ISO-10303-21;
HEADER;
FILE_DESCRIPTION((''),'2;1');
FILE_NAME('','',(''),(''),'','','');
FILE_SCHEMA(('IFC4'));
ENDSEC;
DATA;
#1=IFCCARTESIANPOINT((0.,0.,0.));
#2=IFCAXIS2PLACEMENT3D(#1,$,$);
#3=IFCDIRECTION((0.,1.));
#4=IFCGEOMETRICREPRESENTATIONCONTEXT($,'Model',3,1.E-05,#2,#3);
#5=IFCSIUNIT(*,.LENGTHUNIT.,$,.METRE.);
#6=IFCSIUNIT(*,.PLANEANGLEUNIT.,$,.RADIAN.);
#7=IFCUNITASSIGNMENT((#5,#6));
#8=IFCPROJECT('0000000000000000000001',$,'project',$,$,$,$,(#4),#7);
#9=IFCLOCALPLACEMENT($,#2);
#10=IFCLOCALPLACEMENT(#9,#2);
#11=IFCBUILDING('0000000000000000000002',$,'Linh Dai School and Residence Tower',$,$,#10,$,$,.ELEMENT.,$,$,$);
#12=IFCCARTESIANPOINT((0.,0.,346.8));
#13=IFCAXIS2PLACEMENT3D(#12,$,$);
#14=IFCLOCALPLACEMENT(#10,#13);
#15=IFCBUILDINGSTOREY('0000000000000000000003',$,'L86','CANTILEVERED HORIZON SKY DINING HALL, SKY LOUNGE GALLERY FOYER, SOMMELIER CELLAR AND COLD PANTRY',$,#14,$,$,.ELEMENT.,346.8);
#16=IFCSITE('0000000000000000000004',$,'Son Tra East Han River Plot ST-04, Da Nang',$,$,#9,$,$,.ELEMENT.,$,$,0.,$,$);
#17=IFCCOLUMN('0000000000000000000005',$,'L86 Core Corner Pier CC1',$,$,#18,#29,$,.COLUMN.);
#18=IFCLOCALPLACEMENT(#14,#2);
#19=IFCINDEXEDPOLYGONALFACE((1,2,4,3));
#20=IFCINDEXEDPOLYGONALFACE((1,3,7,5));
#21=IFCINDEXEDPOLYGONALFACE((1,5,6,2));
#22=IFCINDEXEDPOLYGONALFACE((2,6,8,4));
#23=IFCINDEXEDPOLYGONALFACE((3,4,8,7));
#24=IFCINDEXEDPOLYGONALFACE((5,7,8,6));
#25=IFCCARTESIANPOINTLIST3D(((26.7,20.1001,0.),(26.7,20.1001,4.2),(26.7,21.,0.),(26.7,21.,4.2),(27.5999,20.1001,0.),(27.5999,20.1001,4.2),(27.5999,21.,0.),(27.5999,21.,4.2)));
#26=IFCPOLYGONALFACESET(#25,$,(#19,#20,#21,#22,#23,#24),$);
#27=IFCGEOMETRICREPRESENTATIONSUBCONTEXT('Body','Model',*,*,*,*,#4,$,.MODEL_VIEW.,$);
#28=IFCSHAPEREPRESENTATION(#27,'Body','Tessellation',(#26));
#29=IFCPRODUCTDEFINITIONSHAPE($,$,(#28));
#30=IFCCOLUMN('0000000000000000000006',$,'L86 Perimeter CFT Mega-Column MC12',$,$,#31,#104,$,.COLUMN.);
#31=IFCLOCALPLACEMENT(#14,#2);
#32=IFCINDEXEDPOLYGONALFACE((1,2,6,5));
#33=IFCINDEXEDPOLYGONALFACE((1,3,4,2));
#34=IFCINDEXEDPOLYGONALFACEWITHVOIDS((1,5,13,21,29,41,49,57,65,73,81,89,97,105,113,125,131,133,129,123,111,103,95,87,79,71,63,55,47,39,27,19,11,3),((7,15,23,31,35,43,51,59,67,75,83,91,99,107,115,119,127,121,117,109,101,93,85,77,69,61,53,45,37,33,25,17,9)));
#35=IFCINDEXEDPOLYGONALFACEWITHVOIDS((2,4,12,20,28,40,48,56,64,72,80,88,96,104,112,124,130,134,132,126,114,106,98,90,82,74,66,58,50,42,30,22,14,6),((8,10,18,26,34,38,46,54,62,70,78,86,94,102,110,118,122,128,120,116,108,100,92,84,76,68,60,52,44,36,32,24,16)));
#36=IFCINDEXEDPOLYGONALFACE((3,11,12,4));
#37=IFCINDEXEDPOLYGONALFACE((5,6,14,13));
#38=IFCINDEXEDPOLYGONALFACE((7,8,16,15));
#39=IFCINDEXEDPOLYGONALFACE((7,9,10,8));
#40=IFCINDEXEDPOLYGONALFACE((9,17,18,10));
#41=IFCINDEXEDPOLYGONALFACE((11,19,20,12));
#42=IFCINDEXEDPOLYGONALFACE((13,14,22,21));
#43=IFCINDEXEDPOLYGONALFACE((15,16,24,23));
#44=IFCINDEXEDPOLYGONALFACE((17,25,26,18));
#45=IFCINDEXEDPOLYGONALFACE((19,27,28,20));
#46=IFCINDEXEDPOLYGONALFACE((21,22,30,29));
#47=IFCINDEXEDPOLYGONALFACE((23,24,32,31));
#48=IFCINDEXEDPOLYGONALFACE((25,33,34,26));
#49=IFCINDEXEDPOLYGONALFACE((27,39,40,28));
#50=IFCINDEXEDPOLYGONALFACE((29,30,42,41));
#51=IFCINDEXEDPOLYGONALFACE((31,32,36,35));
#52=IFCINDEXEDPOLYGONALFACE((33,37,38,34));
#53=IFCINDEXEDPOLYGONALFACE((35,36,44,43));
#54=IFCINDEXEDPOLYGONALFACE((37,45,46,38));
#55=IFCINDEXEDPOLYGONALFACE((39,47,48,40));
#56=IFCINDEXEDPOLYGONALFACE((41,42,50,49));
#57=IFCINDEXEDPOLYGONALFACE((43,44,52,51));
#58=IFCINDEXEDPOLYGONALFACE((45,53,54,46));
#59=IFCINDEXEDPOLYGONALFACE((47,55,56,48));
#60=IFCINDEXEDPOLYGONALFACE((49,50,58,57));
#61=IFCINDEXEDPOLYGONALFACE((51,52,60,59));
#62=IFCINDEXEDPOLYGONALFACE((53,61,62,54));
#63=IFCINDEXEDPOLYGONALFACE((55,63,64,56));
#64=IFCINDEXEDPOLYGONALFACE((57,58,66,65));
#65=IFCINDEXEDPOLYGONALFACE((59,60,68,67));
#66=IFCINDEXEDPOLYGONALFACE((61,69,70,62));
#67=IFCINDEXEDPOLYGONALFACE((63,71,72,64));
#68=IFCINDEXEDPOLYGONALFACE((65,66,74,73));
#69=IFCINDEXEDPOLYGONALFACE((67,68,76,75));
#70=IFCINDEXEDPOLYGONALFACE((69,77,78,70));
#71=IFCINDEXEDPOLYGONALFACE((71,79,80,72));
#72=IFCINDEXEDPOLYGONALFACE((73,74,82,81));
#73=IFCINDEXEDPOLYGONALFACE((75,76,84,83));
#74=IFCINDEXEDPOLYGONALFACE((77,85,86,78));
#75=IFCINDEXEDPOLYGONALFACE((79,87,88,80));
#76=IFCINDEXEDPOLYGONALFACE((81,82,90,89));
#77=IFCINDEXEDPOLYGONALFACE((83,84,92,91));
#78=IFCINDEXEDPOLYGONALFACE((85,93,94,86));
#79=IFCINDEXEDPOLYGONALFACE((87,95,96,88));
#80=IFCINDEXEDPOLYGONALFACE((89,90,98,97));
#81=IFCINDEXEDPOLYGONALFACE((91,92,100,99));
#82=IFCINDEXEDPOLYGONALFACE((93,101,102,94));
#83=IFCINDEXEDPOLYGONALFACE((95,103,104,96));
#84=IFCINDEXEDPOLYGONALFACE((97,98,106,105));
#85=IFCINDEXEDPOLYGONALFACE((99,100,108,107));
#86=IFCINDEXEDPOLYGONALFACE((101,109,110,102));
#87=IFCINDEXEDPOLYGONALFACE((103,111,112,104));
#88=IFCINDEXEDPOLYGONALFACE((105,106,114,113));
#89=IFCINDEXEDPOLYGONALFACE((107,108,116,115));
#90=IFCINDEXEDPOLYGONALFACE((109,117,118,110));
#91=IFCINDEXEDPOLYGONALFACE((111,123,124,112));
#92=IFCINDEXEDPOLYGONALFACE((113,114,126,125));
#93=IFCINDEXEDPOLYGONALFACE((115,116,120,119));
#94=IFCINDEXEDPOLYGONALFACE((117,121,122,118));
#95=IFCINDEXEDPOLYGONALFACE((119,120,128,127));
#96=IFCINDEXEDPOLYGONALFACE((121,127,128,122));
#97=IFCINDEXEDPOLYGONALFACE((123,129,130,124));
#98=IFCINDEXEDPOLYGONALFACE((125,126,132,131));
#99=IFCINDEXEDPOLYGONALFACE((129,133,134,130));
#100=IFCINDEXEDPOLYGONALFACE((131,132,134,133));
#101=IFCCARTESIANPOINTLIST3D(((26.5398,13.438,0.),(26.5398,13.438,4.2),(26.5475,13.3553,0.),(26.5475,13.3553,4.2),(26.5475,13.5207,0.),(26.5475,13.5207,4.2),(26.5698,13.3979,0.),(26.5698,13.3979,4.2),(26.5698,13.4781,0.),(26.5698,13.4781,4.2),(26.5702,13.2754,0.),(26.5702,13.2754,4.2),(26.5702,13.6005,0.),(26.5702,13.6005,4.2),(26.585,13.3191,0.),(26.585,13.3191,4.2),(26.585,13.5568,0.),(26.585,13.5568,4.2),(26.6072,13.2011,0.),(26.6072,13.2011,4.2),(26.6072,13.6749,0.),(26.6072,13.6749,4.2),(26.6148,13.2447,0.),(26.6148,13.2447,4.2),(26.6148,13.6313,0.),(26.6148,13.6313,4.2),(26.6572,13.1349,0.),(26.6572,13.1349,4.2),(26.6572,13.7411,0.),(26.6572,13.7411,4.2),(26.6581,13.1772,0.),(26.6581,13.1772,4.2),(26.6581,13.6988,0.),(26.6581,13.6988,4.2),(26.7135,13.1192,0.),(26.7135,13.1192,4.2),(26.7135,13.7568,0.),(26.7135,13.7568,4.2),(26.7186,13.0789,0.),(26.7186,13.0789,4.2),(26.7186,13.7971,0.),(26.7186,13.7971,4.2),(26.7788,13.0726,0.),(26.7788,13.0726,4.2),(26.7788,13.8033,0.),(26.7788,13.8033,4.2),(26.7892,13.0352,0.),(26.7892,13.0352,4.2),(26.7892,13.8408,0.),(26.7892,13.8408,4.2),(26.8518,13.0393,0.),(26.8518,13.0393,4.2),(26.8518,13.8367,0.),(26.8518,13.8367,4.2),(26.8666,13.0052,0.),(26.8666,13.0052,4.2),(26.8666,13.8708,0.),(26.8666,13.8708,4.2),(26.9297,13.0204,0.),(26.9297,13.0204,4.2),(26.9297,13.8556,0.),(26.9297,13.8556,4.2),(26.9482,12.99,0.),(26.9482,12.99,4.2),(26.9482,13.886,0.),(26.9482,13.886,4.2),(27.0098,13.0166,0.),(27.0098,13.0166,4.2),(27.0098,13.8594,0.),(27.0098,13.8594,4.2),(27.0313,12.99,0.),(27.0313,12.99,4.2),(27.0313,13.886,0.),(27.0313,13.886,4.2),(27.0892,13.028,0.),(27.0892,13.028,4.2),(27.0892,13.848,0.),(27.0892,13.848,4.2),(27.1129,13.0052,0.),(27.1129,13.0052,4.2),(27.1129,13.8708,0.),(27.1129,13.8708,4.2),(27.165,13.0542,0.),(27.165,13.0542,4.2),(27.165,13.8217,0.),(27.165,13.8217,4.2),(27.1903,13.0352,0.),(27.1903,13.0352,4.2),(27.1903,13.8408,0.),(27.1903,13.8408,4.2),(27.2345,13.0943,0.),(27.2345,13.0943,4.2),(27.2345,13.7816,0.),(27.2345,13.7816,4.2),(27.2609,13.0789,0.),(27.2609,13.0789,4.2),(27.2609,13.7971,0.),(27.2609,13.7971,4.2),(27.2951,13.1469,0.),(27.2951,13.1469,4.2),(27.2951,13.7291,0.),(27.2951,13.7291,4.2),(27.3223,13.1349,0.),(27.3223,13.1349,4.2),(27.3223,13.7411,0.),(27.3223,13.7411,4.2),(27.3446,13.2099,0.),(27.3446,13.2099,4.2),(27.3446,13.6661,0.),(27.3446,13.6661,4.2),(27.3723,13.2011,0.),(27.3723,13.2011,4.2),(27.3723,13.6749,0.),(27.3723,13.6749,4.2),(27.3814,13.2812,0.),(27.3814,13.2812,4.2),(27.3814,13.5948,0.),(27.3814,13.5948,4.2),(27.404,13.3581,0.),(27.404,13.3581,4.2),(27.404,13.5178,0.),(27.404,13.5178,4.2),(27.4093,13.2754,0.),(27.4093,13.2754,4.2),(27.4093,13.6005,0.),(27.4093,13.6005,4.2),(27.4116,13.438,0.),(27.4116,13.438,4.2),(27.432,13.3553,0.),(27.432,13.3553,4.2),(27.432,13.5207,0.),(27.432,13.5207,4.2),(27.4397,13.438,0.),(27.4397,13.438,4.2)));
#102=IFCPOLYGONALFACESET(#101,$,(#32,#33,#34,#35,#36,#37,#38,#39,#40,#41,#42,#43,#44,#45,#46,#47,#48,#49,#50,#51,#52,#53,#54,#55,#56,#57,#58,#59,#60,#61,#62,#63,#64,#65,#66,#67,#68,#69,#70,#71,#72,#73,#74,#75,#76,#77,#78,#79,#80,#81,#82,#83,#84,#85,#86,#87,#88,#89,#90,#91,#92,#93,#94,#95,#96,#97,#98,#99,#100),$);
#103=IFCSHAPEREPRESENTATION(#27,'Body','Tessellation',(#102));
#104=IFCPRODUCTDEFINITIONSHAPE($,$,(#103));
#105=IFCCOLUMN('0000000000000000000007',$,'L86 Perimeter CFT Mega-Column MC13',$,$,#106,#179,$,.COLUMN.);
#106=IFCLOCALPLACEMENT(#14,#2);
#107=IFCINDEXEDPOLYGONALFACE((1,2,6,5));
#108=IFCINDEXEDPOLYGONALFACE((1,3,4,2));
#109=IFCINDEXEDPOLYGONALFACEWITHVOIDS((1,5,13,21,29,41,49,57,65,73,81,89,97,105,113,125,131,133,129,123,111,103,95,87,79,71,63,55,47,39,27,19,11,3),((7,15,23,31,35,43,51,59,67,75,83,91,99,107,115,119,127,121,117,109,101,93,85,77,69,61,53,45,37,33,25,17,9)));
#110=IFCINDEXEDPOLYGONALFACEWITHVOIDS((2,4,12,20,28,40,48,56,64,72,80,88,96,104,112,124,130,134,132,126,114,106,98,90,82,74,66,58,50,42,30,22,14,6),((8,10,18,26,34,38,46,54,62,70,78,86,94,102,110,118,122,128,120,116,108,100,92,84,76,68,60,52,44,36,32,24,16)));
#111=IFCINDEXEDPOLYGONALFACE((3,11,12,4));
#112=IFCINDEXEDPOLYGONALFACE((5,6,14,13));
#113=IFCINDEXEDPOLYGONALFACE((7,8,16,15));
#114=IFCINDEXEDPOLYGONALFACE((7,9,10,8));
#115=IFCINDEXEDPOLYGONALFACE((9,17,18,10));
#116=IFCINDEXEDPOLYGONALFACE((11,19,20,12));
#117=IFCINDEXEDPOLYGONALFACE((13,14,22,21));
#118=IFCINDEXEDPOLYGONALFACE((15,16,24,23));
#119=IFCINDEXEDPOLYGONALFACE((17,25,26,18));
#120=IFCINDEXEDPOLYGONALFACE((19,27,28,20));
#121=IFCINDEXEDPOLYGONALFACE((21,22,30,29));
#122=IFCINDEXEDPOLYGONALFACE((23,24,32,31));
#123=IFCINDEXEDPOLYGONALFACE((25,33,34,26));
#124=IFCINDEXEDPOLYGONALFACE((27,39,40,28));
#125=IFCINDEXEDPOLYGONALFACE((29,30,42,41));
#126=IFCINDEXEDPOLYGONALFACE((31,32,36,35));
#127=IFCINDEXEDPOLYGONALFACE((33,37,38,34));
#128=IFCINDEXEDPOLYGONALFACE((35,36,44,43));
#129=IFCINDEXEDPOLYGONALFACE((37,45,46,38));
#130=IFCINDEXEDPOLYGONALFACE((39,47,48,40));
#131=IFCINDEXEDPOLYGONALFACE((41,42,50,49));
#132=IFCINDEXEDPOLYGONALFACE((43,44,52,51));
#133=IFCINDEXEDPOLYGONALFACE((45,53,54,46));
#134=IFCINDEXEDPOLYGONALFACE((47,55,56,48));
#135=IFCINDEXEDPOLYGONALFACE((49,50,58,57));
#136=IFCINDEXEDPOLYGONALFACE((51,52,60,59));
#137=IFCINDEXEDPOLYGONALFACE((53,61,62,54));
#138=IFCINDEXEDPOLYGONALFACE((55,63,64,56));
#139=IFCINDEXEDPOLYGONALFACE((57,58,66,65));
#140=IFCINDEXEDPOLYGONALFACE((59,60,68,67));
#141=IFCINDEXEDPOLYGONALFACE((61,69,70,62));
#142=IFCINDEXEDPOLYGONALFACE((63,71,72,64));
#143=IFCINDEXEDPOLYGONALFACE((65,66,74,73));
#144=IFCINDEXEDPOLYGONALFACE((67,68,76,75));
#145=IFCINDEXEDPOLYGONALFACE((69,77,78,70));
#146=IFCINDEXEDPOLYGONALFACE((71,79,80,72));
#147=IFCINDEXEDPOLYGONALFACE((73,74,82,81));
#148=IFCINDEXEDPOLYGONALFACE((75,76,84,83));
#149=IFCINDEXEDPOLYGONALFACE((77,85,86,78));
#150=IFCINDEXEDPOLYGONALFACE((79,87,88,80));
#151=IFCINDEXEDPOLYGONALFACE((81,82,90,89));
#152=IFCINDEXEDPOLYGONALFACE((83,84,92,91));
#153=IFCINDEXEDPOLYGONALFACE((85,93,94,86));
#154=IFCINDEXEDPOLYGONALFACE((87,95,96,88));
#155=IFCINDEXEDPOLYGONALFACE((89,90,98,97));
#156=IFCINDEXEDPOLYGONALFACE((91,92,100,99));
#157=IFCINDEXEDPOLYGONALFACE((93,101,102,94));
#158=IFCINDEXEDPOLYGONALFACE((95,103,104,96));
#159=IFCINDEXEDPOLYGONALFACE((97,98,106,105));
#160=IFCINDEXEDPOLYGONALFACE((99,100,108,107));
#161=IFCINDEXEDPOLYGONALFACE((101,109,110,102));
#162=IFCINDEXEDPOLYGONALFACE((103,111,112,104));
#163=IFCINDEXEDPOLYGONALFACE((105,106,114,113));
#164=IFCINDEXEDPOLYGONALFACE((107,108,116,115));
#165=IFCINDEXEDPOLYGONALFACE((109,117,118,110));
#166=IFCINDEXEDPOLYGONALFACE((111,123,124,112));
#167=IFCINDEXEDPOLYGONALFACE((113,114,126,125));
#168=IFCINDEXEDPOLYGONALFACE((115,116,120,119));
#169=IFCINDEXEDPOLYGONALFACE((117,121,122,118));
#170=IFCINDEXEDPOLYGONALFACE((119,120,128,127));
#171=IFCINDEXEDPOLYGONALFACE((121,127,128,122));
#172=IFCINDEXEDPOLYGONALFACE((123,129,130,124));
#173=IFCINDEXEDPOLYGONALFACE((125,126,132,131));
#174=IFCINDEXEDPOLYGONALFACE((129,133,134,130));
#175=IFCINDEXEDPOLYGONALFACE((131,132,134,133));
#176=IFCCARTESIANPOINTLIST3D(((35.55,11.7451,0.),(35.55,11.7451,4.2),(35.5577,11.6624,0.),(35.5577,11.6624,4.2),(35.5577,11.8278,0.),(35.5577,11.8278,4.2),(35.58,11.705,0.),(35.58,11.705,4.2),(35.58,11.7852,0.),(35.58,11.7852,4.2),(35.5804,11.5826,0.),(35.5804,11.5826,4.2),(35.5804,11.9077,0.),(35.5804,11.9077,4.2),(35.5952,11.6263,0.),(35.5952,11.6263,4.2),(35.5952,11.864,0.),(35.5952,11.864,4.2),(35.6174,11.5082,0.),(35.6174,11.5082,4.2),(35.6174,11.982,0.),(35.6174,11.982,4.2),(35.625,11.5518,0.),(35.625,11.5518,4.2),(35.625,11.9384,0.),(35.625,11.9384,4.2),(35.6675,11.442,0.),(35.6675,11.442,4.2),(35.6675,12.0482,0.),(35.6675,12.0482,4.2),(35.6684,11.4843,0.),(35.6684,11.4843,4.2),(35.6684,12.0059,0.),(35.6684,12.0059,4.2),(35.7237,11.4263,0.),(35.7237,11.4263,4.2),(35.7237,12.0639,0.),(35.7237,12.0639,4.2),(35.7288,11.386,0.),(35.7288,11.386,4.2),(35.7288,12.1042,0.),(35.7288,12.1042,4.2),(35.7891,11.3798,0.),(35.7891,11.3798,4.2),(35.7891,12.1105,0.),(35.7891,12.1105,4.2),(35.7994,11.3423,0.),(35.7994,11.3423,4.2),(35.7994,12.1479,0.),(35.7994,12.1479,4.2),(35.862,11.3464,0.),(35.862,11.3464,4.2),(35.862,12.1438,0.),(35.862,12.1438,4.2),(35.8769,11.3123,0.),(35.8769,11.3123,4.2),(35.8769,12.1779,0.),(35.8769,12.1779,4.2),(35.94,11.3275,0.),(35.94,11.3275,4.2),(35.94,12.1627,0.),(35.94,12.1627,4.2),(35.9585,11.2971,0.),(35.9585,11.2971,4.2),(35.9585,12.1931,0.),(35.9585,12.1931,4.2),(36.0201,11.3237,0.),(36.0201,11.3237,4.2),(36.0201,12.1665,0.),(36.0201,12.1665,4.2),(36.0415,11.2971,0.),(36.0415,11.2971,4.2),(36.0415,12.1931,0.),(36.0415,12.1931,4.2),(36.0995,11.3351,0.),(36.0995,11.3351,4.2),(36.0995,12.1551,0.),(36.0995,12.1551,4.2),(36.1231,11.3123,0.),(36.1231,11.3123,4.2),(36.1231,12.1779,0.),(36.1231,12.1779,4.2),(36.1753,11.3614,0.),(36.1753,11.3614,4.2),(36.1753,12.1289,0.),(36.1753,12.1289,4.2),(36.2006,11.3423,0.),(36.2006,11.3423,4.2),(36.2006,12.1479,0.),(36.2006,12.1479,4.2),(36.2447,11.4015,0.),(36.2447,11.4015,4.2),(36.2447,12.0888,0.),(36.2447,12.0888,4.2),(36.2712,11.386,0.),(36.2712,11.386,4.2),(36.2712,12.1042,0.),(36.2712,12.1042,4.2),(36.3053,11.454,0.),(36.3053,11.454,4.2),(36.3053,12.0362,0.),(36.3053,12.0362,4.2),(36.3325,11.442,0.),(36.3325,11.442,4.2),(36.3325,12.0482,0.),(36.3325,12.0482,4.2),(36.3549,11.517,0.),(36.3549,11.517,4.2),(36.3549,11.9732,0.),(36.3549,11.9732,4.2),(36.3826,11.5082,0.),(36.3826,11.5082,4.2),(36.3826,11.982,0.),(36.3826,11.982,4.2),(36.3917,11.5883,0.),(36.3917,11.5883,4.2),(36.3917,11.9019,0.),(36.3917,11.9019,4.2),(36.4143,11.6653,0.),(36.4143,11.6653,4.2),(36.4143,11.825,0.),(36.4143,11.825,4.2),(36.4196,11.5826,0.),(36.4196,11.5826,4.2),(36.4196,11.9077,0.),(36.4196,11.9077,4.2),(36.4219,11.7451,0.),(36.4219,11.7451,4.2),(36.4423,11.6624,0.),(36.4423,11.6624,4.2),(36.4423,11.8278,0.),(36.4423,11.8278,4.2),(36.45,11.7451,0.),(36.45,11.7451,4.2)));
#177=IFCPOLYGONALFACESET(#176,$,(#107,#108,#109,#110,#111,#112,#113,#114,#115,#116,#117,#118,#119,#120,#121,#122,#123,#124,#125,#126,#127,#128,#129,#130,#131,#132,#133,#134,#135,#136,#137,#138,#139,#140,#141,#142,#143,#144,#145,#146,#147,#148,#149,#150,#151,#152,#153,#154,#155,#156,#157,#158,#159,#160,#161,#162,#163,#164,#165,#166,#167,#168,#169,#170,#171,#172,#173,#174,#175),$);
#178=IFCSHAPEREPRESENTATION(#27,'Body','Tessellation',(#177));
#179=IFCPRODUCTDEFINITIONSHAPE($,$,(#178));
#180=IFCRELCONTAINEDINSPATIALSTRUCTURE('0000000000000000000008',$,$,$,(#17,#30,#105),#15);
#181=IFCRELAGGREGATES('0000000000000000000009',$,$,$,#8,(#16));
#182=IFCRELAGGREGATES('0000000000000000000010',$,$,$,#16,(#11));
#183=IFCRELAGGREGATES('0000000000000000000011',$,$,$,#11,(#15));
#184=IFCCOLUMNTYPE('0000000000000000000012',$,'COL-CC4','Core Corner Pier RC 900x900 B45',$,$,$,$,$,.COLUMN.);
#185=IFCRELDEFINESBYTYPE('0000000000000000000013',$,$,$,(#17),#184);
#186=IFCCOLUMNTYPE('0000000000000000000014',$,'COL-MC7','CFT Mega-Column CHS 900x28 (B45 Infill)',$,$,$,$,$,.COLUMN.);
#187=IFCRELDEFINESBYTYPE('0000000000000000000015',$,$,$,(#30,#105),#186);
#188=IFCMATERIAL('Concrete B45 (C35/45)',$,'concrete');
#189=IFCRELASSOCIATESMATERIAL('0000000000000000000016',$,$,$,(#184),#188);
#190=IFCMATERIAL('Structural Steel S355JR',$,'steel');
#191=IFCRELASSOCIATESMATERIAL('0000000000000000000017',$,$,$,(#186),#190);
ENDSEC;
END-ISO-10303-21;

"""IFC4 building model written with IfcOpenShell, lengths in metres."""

from ifc_helpers import new_model, si_unit, direction, frame, origin, origin_2d, place, context, subcontext, project, spatial, rectangle, hollow_circle, extrude, material, material_profile, profile_set, type_object, element, save


model = new_model("IFC4")

# Units and contexts
model_context = context("Model", 3, precision=1e-05, world=origin(), true_north=direction((0.0, 1.0)))
body_context = subcontext(model_context, "Body", "Model", "MODEL_VIEW")
ifc_project = project(units=[si_unit("LENGTHUNIT", "METRE"), si_unit("PLANEANGLEUNIT", "RADIAN")], contexts=[model_context])

# Site, building, storey
site_placement = place(None, origin())
site = spatial("IfcSite", under=ifc_project, at=site_placement, Name="Son Tra East Han River Plot ST-04, Da Nang", CompositionType="ELEMENT", RefElevation=0.0)
building_placement = place(site_placement, origin())
building = spatial("IfcBuilding", under=site, at=building_placement, Name="Linh Dai School and Residence Tower", CompositionType="ELEMENT")
storey_placement = place(building_placement, frame((0.0, 0.0, 346.8)))
storey = spatial("IfcBuildingStorey", under=building, at=storey_placement, Name="L86", Description="CANTILEVERED HORIZON SKY DINING HALL, SKY LOUNGE GALLERY FOYER, SOMMELIER CELLAR AND COLD PANTRY", CompositionType="ELEMENT", Elevation=346.8)

# Columns
ifc_material_1 = material(Name="Concrete B45 (C35/45)", Category="concrete")
ifc_material_profile_1 = material_profile(ifc_material_1, rectangle(XDim=0.8999, YDim=0.8999, at=origin_2d()), Name="RC 900x900")
ifc_profile_set_1 = profile_set([ifc_material_profile_1], Name="Concrete B45 (C35/45)")
column_type_1 = type_object("IfcColumnType", Name="COL-CC4", Description="Core Corner Pier RC 900x900 B45", PredefinedType="COLUMN", material=ifc_profile_set_1)
column_placement = place(storey_placement, frame((27.1499, 20.55, 0.0), z_axis=(0.0, 0.0, 1.0), x_axis=(1.0, 0.0, 0.0)))
element("IfcColumn", 1, at=column_placement, inside=storey, type_object=column_type_1, Name="L86 Core Corner Pier CC1", PredefinedType="COLUMN", context=body_context, shape_type="SweptSolid", body=[
    extrude(rectangle(XDim=0.8999, YDim=0.8999, at=origin_2d()), origin(), (0.0, 0.0, 1.0), 4.2),
])
ifc_material_2 = material(Name="Structural Steel S355JR", Category="steel")
ifc_material_profile_2 = material_profile(ifc_material_2, hollow_circle(Radius=0.45, WallThickness=0.0281, at=origin_2d()), Name="CHS 900x28")
ifc_profile_set_2 = profile_set([ifc_material_profile_2], Name="Structural Steel S355JR")
column_type_2 = type_object("IfcColumnType", Name="COL-MC7", Description="CFT Mega-Column CHS 900x28 (B45 Infill)", PredefinedType="COLUMN", material=ifc_profile_set_2)
for number, where, z_axis, x_axis, name in (
    (2, (26.9897, 13.438, 0.0), (0.0, 0.0, 1.0), (1.0, 0.0, 0.0), "L86 Perimeter CFT Mega-Column MC12"),
    (3, (36.0, 11.7451, 0.0), (0.0, 0.0, 1.0), (1.0, 0.0, 0.0), "L86 Perimeter CFT Mega-Column MC13"),
):
    element("IfcColumn", number, at=place(storey_placement, frame(where, z_axis=z_axis, x_axis=x_axis)), inside=storey, type_object=column_type_2, Name=name, PredefinedType="COLUMN", context=body_context, shape_type="SweptSolid", body=[
        extrude(hollow_circle(Radius=0.45, WallThickness=0.0281, at=origin_2d()), origin(), (0.0, 0.0, 1.0), 4.2),
    ])

save(model, "model.ifc")
